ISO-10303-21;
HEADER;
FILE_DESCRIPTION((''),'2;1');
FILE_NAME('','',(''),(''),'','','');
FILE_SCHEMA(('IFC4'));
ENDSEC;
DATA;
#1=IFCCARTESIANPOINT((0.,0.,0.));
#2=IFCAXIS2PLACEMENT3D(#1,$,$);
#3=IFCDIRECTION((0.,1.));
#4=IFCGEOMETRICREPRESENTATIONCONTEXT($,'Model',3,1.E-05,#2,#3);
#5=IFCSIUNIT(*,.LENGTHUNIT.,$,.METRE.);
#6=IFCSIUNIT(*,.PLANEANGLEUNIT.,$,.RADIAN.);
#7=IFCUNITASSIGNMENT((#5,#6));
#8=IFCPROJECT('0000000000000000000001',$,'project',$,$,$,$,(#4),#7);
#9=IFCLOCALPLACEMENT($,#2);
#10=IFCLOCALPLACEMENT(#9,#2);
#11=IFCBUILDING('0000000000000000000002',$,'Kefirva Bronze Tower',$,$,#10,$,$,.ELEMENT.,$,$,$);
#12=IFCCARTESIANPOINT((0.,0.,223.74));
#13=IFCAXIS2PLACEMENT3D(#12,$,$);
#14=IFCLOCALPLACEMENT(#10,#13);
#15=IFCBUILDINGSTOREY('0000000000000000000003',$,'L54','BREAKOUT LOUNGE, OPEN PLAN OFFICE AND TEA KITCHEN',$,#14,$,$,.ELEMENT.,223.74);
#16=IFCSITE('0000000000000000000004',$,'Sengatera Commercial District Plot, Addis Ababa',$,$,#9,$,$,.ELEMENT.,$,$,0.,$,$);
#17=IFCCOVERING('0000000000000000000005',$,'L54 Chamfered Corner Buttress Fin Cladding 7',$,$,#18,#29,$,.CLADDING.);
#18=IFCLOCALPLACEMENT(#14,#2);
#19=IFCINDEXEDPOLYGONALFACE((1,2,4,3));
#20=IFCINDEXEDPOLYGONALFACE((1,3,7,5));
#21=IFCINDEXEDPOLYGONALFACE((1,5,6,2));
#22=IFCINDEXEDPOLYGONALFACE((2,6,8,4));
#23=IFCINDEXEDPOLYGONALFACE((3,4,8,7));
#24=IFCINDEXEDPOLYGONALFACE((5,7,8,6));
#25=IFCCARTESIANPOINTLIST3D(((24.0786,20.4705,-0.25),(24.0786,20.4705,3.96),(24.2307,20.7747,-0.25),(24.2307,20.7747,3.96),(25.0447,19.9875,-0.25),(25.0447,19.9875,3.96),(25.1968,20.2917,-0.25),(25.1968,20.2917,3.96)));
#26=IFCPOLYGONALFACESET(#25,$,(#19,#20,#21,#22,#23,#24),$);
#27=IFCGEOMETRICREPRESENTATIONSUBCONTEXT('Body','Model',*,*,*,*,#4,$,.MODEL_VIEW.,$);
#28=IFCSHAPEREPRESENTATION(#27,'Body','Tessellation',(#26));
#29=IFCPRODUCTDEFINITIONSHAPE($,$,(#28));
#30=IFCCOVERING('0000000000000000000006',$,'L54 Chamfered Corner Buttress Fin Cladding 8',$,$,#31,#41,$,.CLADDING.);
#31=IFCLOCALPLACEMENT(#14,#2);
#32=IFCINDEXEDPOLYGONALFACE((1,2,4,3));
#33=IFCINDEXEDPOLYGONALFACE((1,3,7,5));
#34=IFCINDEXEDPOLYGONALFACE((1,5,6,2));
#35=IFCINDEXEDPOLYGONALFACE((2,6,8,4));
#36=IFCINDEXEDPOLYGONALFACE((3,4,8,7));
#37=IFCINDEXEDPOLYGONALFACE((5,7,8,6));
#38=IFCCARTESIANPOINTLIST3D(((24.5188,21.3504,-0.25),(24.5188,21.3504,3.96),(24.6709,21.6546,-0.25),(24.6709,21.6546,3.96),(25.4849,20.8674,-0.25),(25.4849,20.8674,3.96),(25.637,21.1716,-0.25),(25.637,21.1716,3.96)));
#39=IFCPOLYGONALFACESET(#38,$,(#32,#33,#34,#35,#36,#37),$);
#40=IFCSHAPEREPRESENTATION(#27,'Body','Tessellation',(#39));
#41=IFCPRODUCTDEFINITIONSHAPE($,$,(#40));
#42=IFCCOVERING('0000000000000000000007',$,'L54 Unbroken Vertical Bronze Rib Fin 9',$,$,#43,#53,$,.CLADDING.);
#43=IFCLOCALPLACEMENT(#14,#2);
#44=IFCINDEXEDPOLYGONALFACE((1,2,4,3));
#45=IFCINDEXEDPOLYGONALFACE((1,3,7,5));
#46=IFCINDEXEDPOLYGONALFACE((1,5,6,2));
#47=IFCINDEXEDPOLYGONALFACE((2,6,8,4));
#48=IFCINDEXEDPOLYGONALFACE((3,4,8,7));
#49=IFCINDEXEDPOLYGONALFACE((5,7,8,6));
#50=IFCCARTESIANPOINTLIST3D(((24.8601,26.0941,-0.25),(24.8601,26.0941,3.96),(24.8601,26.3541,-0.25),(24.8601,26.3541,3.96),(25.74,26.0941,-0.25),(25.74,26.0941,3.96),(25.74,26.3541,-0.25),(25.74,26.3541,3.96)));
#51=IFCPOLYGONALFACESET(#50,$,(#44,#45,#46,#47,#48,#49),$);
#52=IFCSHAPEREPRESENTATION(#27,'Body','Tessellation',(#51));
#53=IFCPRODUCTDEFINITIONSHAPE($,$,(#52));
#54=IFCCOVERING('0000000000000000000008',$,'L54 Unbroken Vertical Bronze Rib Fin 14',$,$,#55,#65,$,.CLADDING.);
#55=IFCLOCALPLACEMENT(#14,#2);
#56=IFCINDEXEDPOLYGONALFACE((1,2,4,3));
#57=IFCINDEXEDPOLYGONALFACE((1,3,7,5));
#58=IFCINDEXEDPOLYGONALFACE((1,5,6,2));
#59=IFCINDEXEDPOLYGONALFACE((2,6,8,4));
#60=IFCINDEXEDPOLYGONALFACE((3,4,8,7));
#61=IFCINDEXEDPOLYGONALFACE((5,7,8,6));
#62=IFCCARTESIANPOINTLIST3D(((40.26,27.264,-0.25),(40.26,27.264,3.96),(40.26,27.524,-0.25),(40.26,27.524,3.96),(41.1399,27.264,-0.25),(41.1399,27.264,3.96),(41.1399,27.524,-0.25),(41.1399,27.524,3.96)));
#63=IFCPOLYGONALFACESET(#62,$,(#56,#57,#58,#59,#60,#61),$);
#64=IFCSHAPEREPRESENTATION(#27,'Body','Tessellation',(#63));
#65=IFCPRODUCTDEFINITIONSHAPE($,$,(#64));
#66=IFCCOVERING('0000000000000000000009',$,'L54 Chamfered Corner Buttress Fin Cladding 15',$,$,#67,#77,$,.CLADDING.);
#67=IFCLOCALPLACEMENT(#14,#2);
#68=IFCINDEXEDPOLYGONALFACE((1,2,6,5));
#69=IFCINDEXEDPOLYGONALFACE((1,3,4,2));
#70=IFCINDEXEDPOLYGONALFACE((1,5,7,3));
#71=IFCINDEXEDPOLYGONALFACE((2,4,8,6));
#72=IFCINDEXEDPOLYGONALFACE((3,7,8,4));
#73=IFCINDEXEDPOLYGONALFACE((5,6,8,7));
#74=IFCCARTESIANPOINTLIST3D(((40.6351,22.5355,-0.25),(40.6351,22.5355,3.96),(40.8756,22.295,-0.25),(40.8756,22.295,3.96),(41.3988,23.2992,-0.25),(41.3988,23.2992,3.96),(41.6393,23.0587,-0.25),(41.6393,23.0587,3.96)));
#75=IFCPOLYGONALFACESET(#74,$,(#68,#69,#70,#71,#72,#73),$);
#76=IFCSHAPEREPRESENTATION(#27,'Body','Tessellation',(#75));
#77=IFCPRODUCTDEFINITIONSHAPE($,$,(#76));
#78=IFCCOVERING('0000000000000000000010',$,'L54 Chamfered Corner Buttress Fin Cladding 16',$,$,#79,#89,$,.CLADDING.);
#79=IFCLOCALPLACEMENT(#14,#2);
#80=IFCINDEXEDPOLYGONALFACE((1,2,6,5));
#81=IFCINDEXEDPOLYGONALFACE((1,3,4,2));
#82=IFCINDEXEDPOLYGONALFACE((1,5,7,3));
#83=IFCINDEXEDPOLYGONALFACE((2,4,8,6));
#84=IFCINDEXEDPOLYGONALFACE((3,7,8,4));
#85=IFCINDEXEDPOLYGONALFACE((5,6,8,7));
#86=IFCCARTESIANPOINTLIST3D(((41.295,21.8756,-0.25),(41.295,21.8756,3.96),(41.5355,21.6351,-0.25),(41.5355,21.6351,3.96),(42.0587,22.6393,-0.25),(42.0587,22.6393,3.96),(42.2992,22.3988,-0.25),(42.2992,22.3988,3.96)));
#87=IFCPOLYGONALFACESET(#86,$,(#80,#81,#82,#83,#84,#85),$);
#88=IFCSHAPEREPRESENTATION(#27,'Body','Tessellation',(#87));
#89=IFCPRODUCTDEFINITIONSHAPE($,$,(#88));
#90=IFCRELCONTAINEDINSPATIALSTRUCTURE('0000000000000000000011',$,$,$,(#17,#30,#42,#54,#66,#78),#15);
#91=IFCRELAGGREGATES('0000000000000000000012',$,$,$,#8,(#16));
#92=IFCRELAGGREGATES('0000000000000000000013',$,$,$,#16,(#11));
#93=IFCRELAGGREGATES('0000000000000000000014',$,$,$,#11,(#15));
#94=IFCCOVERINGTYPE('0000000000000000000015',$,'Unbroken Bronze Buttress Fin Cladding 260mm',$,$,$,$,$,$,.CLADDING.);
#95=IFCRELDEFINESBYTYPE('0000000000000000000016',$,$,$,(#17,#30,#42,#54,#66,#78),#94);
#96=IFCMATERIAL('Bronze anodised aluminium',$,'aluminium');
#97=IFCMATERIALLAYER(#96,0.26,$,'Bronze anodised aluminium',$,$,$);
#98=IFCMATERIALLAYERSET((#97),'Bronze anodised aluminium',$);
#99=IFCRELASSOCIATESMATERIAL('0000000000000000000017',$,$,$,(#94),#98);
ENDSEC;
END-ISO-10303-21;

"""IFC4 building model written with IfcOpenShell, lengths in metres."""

from ifc_helpers import new_model, si_unit, direction, frame, origin, origin_2d, place, context, subcontext, project, spatial, rectangle, extrude, material, layer, layer_set, type_object, element, save


model = new_model("IFC4")

# Units and contexts
model_context = context("Model", 3, precision=1e-05, world=origin(), true_north=direction((0.0, 1.0)))
body_context = subcontext(model_context, "Body", "Model", "MODEL_VIEW")
ifc_project = project(units=[si_unit("LENGTHUNIT", "METRE"), si_unit("PLANEANGLEUNIT", "RADIAN")], contexts=[model_context])

# Site, building, storey
site_placement = place(None, origin())
site = spatial("IfcSite", under=ifc_project, at=site_placement, Name="Sengatera Commercial District Plot, Addis Ababa", CompositionType="ELEMENT", RefElevation=0.0)
building_placement = place(site_placement, origin())
building = spatial("IfcBuilding", under=site, at=building_placement, Name="Kefirva Bronze Tower", CompositionType="ELEMENT")
storey_placement = place(building_placement, frame((0.0, 0.0, 223.74)))
storey = spatial("IfcBuildingStorey", under=building, at=storey_placement, Name="L54", Description="BREAKOUT LOUNGE, OPEN PLAN OFFICE AND TEA KITCHEN", CompositionType="ELEMENT", Elevation=223.74)

# Coverings
ifc_material_1 = material(Name="Bronze anodised aluminium", Category="aluminium")
ifc_layer_1 = layer(ifc_material_1, 0.26, Name="Bronze anodised aluminium")
ifc_layer_set_1 = layer_set([ifc_layer_1], Name="Bronze anodised aluminium")
covering_type_1 = type_object("IfcCoveringType", Name="Unbroken Bronze Buttress Fin Cladding 260mm", PredefinedType="CLADDING", material=ifc_layer_set_1)
for number, where, z_axis, x_axis, name in (
    (1, (24.6377, 20.3811, -0.25), (0.0, 0.0, 1.0), (0.447214, 0.894427, 0.0), "L54 Chamfered Corner Buttress Fin Cladding 7"),
    (2, (25.0779, 21.261, -0.25), (0.0, 0.0, 1.0), (0.447214, 0.894427, 0.0), "L54 Chamfered Corner Buttress Fin Cladding 8"),
):
    element("IfcCovering", number, at=place(storey_placement, frame(where, z_axis=z_axis, x_axis=x_axis)), inside=storey, type_object=covering_type_1, Name=name, PredefinedType="CLADDING", context=body_context, shape_type="SweptSolid", body=[
        extrude(rectangle(XDim=0.3401, YDim=1.0801, at=origin_2d()), origin(), (0.0, 0.0, 1.0), 4.21),
    ])
for number, where, z_axis, x_axis, name in (
    (3, (25.3, 26.2241, -0.25), (0.0, 0.0, 1.0), (0.0, 1.0, 0.0), "L54 Unbroken Vertical Bronze Rib Fin 9"),
    (4, (40.7, 27.394, -0.25), (0.0, 0.0, 1.0), (0.0, -1.0, 0.0), "L54 Unbroken Vertical Bronze Rib Fin 14"),
):
    element("IfcCovering", number, at=place(storey_placement, frame(where, z_axis=z_axis, x_axis=x_axis)), inside=storey, type_object=covering_type_1, Name=name, PredefinedType="CLADDING", context=body_context, shape_type="SweptSolid", body=[
        extrude(rectangle(XDim=0.26, YDim=0.8799, at=origin_2d()), origin(), (0.0, 0.0, 1.0), 4.21),
    ])
for number, where, z_axis, x_axis, name in (
    (5, (41.1372, 22.7971, -0.25), (0.0, 0.0, 1.0), (0.707107, -0.707107, 0.0), "L54 Chamfered Corner Buttress Fin Cladding 15"),
    (6, (41.7971, 22.1372, -0.25), (0.0, 0.0, 1.0), (0.707107, -0.707107, 0.0), "L54 Chamfered Corner Buttress Fin Cladding 16"),
):
    element("IfcCovering", number, at=place(storey_placement, frame(where, z_axis=z_axis, x_axis=x_axis)), inside=storey, type_object=covering_type_1, Name=name, PredefinedType="CLADDING", context=body_context, shape_type="SweptSolid", body=[
        extrude(rectangle(XDim=0.3401, YDim=1.0801, at=origin_2d()), origin(), (0.0, 0.0, 1.0), 4.21),
    ])

save(model, "model.ifc")
